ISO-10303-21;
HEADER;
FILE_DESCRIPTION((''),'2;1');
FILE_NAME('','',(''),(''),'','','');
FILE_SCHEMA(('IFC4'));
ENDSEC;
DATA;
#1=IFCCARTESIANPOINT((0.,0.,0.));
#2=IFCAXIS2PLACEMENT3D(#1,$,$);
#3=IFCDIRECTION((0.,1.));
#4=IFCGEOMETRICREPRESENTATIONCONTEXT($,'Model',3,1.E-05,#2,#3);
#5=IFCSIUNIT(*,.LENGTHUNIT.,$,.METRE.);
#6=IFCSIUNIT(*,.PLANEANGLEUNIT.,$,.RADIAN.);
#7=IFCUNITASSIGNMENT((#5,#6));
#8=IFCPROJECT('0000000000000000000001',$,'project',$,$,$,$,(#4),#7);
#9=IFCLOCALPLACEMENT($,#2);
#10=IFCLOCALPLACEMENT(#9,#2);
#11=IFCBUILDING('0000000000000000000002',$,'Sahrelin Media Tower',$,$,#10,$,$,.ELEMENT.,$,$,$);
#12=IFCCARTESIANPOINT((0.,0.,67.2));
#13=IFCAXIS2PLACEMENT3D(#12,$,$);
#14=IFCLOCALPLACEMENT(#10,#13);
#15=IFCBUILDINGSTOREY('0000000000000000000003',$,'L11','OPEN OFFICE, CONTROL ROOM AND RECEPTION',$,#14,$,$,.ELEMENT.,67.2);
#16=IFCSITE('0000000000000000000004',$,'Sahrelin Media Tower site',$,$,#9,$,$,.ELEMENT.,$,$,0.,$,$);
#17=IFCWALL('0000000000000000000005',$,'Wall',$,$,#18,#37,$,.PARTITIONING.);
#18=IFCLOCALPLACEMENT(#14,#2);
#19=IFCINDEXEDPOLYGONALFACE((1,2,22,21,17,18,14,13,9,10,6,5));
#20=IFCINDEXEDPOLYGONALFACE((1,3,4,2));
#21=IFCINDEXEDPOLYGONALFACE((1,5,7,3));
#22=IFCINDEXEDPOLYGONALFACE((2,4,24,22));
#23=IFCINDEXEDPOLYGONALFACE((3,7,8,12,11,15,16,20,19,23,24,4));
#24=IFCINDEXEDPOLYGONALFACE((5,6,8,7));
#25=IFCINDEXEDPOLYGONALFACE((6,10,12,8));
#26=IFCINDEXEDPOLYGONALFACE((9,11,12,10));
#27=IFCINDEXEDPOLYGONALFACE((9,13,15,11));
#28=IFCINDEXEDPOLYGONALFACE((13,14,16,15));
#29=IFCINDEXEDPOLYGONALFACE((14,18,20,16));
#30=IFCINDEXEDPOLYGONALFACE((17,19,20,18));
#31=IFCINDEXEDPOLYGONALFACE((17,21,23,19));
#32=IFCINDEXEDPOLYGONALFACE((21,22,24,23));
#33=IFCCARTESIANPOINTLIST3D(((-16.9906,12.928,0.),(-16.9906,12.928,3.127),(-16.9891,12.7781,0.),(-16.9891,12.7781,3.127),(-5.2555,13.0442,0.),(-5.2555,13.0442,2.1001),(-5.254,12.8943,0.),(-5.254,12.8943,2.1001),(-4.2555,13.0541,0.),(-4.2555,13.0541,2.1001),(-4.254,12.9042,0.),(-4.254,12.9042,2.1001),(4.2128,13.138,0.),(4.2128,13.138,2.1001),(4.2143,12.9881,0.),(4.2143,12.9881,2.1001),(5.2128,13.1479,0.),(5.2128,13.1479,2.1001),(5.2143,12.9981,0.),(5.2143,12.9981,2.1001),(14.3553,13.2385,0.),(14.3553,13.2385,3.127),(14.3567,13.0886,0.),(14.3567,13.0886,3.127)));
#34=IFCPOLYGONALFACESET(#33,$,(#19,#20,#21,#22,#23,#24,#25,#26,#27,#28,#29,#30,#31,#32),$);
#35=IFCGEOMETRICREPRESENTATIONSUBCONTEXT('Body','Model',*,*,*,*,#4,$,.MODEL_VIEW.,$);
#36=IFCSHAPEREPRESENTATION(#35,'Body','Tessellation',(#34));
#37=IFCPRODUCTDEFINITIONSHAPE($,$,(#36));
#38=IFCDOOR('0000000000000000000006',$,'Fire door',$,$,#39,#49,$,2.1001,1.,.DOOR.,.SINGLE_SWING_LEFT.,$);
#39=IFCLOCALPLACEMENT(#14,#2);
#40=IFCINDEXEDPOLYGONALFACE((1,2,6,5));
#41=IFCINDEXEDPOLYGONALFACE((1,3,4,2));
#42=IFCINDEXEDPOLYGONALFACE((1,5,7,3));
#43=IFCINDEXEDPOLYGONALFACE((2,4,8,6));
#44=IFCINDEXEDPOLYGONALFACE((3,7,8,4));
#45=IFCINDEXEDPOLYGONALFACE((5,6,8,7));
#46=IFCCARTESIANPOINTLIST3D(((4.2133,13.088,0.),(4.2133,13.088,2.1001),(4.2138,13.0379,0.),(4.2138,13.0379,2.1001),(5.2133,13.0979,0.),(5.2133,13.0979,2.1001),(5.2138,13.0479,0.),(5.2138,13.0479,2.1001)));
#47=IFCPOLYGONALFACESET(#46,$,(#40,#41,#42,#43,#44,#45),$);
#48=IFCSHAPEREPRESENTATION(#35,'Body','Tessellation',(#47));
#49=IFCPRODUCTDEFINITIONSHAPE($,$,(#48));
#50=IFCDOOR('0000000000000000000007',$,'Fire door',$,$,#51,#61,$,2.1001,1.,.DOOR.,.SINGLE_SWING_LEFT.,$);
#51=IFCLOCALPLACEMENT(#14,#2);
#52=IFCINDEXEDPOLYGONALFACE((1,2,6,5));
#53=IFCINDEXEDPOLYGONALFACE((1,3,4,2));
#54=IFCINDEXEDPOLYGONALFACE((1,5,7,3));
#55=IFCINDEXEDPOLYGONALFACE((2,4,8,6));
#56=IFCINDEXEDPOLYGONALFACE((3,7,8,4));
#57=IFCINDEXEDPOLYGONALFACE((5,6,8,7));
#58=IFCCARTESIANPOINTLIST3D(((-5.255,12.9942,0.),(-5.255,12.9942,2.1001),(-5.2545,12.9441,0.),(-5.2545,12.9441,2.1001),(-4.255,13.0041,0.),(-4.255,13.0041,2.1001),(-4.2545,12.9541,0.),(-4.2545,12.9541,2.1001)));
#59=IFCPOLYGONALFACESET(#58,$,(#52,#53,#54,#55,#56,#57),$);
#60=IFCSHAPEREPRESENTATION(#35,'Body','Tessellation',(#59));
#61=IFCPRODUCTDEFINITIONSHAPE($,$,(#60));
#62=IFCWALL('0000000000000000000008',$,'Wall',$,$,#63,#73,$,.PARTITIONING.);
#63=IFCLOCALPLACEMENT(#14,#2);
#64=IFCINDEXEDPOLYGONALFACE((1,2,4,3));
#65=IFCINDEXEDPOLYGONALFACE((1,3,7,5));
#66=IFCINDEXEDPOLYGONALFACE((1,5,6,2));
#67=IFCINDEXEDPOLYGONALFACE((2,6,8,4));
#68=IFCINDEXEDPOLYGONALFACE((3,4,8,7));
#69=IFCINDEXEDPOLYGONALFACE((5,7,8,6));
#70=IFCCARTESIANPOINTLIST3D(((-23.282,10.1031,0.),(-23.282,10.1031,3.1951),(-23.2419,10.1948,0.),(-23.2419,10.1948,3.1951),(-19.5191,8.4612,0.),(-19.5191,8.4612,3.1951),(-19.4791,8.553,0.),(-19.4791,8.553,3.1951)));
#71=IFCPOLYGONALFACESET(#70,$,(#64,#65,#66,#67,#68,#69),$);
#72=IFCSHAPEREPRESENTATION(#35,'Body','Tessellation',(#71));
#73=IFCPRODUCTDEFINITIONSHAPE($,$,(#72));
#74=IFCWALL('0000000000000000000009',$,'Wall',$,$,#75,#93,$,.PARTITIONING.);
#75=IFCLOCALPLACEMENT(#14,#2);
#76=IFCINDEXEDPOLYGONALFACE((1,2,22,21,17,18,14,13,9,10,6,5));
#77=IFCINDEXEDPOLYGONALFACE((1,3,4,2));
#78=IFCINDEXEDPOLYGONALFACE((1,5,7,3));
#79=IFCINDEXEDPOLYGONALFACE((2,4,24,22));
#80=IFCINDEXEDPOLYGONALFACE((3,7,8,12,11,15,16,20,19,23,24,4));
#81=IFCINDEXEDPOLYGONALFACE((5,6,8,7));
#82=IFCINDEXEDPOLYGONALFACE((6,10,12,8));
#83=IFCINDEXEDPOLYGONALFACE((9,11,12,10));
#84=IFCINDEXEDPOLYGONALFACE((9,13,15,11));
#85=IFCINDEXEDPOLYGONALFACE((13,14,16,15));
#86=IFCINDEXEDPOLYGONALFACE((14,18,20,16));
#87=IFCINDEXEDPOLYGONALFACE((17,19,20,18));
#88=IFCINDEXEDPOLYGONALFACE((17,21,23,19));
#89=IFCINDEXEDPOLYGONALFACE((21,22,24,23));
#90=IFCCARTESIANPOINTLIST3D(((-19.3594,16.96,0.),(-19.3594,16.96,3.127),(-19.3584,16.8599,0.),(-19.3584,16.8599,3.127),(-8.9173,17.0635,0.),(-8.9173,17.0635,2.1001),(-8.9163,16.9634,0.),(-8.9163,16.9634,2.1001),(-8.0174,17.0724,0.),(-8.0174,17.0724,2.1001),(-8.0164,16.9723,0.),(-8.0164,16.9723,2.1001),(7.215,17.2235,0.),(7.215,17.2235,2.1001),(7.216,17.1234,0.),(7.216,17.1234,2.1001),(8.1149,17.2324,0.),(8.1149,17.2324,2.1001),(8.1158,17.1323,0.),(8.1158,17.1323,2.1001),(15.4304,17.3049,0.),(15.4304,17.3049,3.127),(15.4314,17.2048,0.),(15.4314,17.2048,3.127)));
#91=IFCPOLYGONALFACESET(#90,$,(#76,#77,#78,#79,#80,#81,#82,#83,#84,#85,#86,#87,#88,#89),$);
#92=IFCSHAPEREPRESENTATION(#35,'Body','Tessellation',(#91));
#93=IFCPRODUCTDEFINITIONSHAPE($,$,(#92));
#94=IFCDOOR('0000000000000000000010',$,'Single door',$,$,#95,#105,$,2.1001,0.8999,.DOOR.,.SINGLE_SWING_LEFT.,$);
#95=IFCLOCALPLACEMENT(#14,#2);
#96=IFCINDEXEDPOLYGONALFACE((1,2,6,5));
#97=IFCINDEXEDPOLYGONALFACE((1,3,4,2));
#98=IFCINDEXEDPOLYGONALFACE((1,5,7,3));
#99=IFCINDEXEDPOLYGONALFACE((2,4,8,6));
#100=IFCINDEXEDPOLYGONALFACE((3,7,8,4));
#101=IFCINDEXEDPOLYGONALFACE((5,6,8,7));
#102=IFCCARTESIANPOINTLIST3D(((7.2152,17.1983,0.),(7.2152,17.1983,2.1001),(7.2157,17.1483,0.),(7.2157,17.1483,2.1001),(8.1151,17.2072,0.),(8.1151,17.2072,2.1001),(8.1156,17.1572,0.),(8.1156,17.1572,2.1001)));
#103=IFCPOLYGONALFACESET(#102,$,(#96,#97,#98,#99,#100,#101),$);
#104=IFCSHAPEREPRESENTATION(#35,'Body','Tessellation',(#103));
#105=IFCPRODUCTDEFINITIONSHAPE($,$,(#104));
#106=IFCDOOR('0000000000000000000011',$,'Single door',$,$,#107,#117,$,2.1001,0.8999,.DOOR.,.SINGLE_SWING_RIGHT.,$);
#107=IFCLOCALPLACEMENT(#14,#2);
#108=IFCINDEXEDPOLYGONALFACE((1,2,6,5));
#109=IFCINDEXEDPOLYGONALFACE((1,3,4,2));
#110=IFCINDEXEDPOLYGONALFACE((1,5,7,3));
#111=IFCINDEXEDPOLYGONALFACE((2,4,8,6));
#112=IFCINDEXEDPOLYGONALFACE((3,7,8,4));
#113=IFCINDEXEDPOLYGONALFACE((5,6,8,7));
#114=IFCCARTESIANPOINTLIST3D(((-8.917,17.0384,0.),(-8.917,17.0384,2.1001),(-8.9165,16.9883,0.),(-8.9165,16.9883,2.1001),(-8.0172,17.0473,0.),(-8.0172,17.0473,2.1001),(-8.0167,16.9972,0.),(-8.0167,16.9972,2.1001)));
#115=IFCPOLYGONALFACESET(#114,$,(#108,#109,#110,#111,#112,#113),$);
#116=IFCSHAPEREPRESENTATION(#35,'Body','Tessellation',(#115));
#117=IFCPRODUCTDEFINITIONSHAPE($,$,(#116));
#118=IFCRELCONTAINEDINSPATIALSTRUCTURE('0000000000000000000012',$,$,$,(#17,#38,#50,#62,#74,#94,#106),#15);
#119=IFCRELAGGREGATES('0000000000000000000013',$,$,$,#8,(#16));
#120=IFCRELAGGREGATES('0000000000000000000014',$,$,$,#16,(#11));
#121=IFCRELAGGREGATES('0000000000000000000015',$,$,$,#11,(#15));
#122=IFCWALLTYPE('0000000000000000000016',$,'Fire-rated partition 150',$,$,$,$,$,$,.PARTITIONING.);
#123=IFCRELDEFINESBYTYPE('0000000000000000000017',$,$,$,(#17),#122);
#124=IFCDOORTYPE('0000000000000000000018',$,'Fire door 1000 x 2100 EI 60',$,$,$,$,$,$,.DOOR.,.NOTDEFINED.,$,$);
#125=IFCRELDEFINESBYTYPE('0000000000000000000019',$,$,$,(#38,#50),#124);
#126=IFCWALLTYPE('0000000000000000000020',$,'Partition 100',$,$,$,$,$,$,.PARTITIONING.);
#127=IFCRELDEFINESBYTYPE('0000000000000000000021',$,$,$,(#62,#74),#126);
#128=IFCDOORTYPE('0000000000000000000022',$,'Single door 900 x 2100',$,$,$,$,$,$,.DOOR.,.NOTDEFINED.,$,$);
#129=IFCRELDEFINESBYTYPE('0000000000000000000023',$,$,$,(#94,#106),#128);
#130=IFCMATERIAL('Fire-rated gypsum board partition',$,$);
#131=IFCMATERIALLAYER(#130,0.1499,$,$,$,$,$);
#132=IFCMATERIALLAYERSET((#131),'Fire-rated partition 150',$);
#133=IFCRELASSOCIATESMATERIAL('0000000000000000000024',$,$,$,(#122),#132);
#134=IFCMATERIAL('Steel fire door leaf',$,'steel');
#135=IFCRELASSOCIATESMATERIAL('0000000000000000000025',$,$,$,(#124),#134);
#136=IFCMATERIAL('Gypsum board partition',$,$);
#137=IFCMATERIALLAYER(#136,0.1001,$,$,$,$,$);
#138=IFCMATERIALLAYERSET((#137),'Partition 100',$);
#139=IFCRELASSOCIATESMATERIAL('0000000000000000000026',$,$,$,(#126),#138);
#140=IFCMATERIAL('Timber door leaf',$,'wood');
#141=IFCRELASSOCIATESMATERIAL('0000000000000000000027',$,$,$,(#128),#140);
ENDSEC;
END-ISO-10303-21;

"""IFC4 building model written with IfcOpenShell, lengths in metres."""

from ifc_helpers import new_model, si_unit, direction, frame, frame_2d, origin, place, context, subcontext, project, spatial, rectangle, extrude, material, layer, layer_set, type_object, element, fill, save


model = new_model("IFC4")

# Units and contexts
model_context = context("Model", 3, precision=1e-05, world=origin(), true_north=direction((0.0, 1.0)))
body_context = subcontext(model_context, "Body", "Model", "MODEL_VIEW")
ifc_project = project(units=[si_unit("LENGTHUNIT", "METRE"), si_unit("PLANEANGLEUNIT", "RADIAN")], contexts=[model_context])

# Site, building, storey
site_placement = place(None, origin())
site = spatial("IfcSite", under=ifc_project, at=site_placement, Name="Sahrelin Media Tower site", CompositionType="ELEMENT", RefElevation=0.0)
building_placement = place(site_placement, origin())
building = spatial("IfcBuilding", under=site, at=building_placement, Name="Sahrelin Media Tower", CompositionType="ELEMENT")
storey_placement = place(building_placement, frame((0.0, 0.0, 67.2)))
storey = spatial("IfcBuildingStorey", under=building, at=storey_placement, Name="L11", Description="OPEN OFFICE, CONTROL ROOM AND RECEPTION", CompositionType="ELEMENT", Elevation=67.2)

# Shared definitions
ifc_material_1 = material(Name="Fire-rated gypsum board partition")
ifc_layer_1 = layer(ifc_material_1, 0.1499)
ifc_layer_set_1 = layer_set([ifc_layer_1], Name="Fire-rated partition 150")
wall_type_1 = type_object("IfcWallType", Name="Fire-rated partition 150", PredefinedType="PARTITIONING", material=ifc_layer_set_1)

# Wall, openings, doors
wall_1_placement = place(storey_placement, frame((-16.99, 12.853, 0.0), z_axis=(0.0, 0.0, 1.0), x_axis=(0.999951, 0.009907, 0.0)))
wall_1 = element("IfcWall", 1, at=wall_1_placement, inside=storey, type_object=wall_type_1, Name="Wall", PredefinedType="PARTITIONING", context=body_context, shape_type="SweptSolid", body=[
    extrude(rectangle(XDim=31.3474, YDim=0.1499, at=frame_2d((15.6738, 0.0))), origin(), (0.0, 0.0, 1.0), 3.127),
])
opening_1_placement = place(wall_1_placement, frame((21.2046, 0.0, 0.0)))
opening_1 = element("IfcOpeningElement", 2, at=opening_1_placement, cuts=wall_1, PredefinedType="OPENING", context=body_context, shape_type="SweptSolid", body=[
    extrude(rectangle(XDim=1.0, YDim=2.1001, at=frame_2d((0.5, 1.05))), frame((0.0, 0.075, 0.0), z_axis=(0.0, -1.0, 0.0), x_axis=(1.0, 0.0, 0.0)), (0.0, 0.0, 1.0), 0.1499),
])
opening_2_placement = place(wall_1_placement, frame((11.7358, 0.0, 0.0)))
opening_2 = element("IfcOpeningElement", 3, at=opening_2_placement, cuts=wall_1, PredefinedType="OPENING", context=body_context, shape_type="SweptSolid", body=[
    extrude(rectangle(XDim=1.0, YDim=2.1001, at=frame_2d((0.5, 1.05))), frame((0.0, 0.075, 0.0), z_axis=(0.0, -1.0, 0.0), x_axis=(1.0, 0.0, 0.0)), (0.0, 0.0, 1.0), 0.1499),
])
ifc_material_2 = material(Name="Steel fire door leaf", Category="steel")
door_type_1 = type_object("IfcDoorType", Name="Fire door 1000 x 2100 EI 60", OperationType="NOTDEFINED", PredefinedType="DOOR", material=ifc_material_2)
door_1_placement = place(opening_1_placement, origin())
door_1 = element("IfcDoor", 4, at=door_1_placement, inside=storey, type_object=door_type_1, Name="Fire door", OperationType="SINGLE_SWING_LEFT", OverallHeight=2.1001, OverallWidth=1.0, PredefinedType="DOOR", context=body_context, shape_type="SweptSolid", body=[
    extrude(rectangle(XDim=1.0, YDim=2.1001, at=frame_2d((0.5, 1.05))), frame((0.0, 0.0249, 0.0), z_axis=(0.0, -1.0, 0.0), x_axis=(1.0, 0.0, 0.0)), (0.0, 0.0, 1.0), 0.05),
])
fill(opening_1, door_1)
door_2_placement = place(opening_2_placement, origin())
door_2 = element("IfcDoor", 5, at=door_2_placement, inside=storey, type_object=door_type_1, Name="Fire door", OperationType="SINGLE_SWING_LEFT", OverallHeight=2.1001, OverallWidth=1.0, PredefinedType="DOOR", context=body_context, shape_type="SweptSolid", body=[
    extrude(rectangle(XDim=1.0, YDim=2.1001, at=frame_2d((0.5, 1.05))), frame((0.0, 0.0249, 0.0), z_axis=(0.0, -1.0, 0.0), x_axis=(1.0, 0.0, 0.0)), (0.0, 0.0, 1.0), 0.05),
])
fill(opening_2, door_2)

# Wall
ifc_material_3 = material(Name="Gypsum board partition")
ifc_layer_2 = layer(ifc_material_3, 0.1001)
ifc_layer_set_2 = layer_set([ifc_layer_2], Name="Partition 100")
wall_type_2 = type_object("IfcWallType", Name="Partition 100", PredefinedType="PARTITIONING", material=ifc_layer_set_2)
wall_2_placement = place(storey_placement, frame((-23.262, 10.1489, 0.0), z_axis=(0.0, 0.0, 1.0), x_axis=(0.916554, -0.399911, 0.0)))
element("IfcWall", 6, at=wall_2_placement, inside=storey, type_object=wall_type_2, Name="Wall", PredefinedType="PARTITIONING", context=body_context, shape_type="SweptSolid", body=[
    extrude(rectangle(XDim=4.1055, YDim=0.1001, at=frame_2d((2.0527, 0.0))), origin(), (0.0, 0.0, 1.0), 3.1951),
])

# Wall, openings, doors
wall_3_placement = place(storey_placement, frame((-19.3589, 16.9099, 0.0), z_axis=(0.0, 0.0, 1.0), x_axis=(0.999951, 0.009915, 0.0)))
wall_3 = element("IfcWall", 7, at=wall_3_placement, inside=storey, type_object=wall_type_2, Name="Wall", PredefinedType="PARTITIONING", context=body_context, shape_type="SweptSolid", body=[
    extrude(rectangle(XDim=34.7915, YDim=0.1001, at=frame_2d((17.3958, 0.0))), origin(), (0.0, 0.0, 1.0), 3.127),
])
opening_3_placement = place(wall_3_placement, frame((26.5757, 0.0, 0.0)))
opening_3 = element("IfcOpeningElement", 8, at=opening_3_placement, cuts=wall_3, PredefinedType="OPENING", context=body_context, shape_type="SweptSolid", body=[
    extrude(rectangle(XDim=0.8999, YDim=2.1001, at=frame_2d((0.45, 1.05))), frame((0.0, 0.05, 0.0), z_axis=(0.0, -1.0, 0.0), x_axis=(1.0, 0.0, 0.0)), (0.0, 0.0, 1.0), 0.1001),
])
opening_4_placement = place(wall_3_placement, frame((10.4426, 0.0, 0.0)))
opening_4 = element("IfcOpeningElement", 9, at=opening_4_placement, cuts=wall_3, PredefinedType="OPENING", context=body_context, shape_type="SweptSolid", body=[
    extrude(rectangle(XDim=0.8999, YDim=2.1001, at=frame_2d((0.45, 1.05))), frame((0.0, 0.05, 0.0), z_axis=(0.0, -1.0, 0.0), x_axis=(1.0, 0.0, 0.0)), (0.0, 0.0, 1.0), 0.1001),
])
ifc_material_4 = material(Name="Timber door leaf", Category="wood")
door_type_2 = type_object("IfcDoorType", Name="Single door 900 x 2100", OperationType="NOTDEFINED", PredefinedType="DOOR", material=ifc_material_4)
door_3_placement = place(opening_3_placement, origin())
door_3 = element("IfcDoor", 10, at=door_3_placement, inside=storey, type_object=door_type_2, Name="Single door", OperationType="SINGLE_SWING_LEFT", OverallHeight=2.1001, OverallWidth=0.8999, PredefinedType="DOOR", context=body_context, shape_type="SweptSolid", body=[
    extrude(rectangle(XDim=0.8999, YDim=2.1001, at=frame_2d((0.45, 1.05))), frame((0.0, 0.0249, 0.0), z_axis=(0.0, -1.0, 0.0), x_axis=(1.0, 0.0, 0.0)), (0.0, 0.0, 1.0), 0.05),
])
fill(opening_3, door_3)
door_4_placement = place(opening_4_placement, origin())
door_4 = element("IfcDoor", 11, at=door_4_placement, inside=storey, type_object=door_type_2, Name="Single door", OperationType="SINGLE_SWING_RIGHT", OverallHeight=2.1001, OverallWidth=0.8999, PredefinedType="DOOR", context=body_context, shape_type="SweptSolid", body=[
    extrude(rectangle(XDim=0.8999, YDim=2.1001, at=frame_2d((0.45, 1.05))), frame((0.0, 0.0249, 0.0), z_axis=(0.0, -1.0, 0.0), x_axis=(1.0, 0.0, 0.0)), (0.0, 0.0, 1.0), 0.05),
])
fill(opening_4, door_4)

save(model, "model.ifc")
